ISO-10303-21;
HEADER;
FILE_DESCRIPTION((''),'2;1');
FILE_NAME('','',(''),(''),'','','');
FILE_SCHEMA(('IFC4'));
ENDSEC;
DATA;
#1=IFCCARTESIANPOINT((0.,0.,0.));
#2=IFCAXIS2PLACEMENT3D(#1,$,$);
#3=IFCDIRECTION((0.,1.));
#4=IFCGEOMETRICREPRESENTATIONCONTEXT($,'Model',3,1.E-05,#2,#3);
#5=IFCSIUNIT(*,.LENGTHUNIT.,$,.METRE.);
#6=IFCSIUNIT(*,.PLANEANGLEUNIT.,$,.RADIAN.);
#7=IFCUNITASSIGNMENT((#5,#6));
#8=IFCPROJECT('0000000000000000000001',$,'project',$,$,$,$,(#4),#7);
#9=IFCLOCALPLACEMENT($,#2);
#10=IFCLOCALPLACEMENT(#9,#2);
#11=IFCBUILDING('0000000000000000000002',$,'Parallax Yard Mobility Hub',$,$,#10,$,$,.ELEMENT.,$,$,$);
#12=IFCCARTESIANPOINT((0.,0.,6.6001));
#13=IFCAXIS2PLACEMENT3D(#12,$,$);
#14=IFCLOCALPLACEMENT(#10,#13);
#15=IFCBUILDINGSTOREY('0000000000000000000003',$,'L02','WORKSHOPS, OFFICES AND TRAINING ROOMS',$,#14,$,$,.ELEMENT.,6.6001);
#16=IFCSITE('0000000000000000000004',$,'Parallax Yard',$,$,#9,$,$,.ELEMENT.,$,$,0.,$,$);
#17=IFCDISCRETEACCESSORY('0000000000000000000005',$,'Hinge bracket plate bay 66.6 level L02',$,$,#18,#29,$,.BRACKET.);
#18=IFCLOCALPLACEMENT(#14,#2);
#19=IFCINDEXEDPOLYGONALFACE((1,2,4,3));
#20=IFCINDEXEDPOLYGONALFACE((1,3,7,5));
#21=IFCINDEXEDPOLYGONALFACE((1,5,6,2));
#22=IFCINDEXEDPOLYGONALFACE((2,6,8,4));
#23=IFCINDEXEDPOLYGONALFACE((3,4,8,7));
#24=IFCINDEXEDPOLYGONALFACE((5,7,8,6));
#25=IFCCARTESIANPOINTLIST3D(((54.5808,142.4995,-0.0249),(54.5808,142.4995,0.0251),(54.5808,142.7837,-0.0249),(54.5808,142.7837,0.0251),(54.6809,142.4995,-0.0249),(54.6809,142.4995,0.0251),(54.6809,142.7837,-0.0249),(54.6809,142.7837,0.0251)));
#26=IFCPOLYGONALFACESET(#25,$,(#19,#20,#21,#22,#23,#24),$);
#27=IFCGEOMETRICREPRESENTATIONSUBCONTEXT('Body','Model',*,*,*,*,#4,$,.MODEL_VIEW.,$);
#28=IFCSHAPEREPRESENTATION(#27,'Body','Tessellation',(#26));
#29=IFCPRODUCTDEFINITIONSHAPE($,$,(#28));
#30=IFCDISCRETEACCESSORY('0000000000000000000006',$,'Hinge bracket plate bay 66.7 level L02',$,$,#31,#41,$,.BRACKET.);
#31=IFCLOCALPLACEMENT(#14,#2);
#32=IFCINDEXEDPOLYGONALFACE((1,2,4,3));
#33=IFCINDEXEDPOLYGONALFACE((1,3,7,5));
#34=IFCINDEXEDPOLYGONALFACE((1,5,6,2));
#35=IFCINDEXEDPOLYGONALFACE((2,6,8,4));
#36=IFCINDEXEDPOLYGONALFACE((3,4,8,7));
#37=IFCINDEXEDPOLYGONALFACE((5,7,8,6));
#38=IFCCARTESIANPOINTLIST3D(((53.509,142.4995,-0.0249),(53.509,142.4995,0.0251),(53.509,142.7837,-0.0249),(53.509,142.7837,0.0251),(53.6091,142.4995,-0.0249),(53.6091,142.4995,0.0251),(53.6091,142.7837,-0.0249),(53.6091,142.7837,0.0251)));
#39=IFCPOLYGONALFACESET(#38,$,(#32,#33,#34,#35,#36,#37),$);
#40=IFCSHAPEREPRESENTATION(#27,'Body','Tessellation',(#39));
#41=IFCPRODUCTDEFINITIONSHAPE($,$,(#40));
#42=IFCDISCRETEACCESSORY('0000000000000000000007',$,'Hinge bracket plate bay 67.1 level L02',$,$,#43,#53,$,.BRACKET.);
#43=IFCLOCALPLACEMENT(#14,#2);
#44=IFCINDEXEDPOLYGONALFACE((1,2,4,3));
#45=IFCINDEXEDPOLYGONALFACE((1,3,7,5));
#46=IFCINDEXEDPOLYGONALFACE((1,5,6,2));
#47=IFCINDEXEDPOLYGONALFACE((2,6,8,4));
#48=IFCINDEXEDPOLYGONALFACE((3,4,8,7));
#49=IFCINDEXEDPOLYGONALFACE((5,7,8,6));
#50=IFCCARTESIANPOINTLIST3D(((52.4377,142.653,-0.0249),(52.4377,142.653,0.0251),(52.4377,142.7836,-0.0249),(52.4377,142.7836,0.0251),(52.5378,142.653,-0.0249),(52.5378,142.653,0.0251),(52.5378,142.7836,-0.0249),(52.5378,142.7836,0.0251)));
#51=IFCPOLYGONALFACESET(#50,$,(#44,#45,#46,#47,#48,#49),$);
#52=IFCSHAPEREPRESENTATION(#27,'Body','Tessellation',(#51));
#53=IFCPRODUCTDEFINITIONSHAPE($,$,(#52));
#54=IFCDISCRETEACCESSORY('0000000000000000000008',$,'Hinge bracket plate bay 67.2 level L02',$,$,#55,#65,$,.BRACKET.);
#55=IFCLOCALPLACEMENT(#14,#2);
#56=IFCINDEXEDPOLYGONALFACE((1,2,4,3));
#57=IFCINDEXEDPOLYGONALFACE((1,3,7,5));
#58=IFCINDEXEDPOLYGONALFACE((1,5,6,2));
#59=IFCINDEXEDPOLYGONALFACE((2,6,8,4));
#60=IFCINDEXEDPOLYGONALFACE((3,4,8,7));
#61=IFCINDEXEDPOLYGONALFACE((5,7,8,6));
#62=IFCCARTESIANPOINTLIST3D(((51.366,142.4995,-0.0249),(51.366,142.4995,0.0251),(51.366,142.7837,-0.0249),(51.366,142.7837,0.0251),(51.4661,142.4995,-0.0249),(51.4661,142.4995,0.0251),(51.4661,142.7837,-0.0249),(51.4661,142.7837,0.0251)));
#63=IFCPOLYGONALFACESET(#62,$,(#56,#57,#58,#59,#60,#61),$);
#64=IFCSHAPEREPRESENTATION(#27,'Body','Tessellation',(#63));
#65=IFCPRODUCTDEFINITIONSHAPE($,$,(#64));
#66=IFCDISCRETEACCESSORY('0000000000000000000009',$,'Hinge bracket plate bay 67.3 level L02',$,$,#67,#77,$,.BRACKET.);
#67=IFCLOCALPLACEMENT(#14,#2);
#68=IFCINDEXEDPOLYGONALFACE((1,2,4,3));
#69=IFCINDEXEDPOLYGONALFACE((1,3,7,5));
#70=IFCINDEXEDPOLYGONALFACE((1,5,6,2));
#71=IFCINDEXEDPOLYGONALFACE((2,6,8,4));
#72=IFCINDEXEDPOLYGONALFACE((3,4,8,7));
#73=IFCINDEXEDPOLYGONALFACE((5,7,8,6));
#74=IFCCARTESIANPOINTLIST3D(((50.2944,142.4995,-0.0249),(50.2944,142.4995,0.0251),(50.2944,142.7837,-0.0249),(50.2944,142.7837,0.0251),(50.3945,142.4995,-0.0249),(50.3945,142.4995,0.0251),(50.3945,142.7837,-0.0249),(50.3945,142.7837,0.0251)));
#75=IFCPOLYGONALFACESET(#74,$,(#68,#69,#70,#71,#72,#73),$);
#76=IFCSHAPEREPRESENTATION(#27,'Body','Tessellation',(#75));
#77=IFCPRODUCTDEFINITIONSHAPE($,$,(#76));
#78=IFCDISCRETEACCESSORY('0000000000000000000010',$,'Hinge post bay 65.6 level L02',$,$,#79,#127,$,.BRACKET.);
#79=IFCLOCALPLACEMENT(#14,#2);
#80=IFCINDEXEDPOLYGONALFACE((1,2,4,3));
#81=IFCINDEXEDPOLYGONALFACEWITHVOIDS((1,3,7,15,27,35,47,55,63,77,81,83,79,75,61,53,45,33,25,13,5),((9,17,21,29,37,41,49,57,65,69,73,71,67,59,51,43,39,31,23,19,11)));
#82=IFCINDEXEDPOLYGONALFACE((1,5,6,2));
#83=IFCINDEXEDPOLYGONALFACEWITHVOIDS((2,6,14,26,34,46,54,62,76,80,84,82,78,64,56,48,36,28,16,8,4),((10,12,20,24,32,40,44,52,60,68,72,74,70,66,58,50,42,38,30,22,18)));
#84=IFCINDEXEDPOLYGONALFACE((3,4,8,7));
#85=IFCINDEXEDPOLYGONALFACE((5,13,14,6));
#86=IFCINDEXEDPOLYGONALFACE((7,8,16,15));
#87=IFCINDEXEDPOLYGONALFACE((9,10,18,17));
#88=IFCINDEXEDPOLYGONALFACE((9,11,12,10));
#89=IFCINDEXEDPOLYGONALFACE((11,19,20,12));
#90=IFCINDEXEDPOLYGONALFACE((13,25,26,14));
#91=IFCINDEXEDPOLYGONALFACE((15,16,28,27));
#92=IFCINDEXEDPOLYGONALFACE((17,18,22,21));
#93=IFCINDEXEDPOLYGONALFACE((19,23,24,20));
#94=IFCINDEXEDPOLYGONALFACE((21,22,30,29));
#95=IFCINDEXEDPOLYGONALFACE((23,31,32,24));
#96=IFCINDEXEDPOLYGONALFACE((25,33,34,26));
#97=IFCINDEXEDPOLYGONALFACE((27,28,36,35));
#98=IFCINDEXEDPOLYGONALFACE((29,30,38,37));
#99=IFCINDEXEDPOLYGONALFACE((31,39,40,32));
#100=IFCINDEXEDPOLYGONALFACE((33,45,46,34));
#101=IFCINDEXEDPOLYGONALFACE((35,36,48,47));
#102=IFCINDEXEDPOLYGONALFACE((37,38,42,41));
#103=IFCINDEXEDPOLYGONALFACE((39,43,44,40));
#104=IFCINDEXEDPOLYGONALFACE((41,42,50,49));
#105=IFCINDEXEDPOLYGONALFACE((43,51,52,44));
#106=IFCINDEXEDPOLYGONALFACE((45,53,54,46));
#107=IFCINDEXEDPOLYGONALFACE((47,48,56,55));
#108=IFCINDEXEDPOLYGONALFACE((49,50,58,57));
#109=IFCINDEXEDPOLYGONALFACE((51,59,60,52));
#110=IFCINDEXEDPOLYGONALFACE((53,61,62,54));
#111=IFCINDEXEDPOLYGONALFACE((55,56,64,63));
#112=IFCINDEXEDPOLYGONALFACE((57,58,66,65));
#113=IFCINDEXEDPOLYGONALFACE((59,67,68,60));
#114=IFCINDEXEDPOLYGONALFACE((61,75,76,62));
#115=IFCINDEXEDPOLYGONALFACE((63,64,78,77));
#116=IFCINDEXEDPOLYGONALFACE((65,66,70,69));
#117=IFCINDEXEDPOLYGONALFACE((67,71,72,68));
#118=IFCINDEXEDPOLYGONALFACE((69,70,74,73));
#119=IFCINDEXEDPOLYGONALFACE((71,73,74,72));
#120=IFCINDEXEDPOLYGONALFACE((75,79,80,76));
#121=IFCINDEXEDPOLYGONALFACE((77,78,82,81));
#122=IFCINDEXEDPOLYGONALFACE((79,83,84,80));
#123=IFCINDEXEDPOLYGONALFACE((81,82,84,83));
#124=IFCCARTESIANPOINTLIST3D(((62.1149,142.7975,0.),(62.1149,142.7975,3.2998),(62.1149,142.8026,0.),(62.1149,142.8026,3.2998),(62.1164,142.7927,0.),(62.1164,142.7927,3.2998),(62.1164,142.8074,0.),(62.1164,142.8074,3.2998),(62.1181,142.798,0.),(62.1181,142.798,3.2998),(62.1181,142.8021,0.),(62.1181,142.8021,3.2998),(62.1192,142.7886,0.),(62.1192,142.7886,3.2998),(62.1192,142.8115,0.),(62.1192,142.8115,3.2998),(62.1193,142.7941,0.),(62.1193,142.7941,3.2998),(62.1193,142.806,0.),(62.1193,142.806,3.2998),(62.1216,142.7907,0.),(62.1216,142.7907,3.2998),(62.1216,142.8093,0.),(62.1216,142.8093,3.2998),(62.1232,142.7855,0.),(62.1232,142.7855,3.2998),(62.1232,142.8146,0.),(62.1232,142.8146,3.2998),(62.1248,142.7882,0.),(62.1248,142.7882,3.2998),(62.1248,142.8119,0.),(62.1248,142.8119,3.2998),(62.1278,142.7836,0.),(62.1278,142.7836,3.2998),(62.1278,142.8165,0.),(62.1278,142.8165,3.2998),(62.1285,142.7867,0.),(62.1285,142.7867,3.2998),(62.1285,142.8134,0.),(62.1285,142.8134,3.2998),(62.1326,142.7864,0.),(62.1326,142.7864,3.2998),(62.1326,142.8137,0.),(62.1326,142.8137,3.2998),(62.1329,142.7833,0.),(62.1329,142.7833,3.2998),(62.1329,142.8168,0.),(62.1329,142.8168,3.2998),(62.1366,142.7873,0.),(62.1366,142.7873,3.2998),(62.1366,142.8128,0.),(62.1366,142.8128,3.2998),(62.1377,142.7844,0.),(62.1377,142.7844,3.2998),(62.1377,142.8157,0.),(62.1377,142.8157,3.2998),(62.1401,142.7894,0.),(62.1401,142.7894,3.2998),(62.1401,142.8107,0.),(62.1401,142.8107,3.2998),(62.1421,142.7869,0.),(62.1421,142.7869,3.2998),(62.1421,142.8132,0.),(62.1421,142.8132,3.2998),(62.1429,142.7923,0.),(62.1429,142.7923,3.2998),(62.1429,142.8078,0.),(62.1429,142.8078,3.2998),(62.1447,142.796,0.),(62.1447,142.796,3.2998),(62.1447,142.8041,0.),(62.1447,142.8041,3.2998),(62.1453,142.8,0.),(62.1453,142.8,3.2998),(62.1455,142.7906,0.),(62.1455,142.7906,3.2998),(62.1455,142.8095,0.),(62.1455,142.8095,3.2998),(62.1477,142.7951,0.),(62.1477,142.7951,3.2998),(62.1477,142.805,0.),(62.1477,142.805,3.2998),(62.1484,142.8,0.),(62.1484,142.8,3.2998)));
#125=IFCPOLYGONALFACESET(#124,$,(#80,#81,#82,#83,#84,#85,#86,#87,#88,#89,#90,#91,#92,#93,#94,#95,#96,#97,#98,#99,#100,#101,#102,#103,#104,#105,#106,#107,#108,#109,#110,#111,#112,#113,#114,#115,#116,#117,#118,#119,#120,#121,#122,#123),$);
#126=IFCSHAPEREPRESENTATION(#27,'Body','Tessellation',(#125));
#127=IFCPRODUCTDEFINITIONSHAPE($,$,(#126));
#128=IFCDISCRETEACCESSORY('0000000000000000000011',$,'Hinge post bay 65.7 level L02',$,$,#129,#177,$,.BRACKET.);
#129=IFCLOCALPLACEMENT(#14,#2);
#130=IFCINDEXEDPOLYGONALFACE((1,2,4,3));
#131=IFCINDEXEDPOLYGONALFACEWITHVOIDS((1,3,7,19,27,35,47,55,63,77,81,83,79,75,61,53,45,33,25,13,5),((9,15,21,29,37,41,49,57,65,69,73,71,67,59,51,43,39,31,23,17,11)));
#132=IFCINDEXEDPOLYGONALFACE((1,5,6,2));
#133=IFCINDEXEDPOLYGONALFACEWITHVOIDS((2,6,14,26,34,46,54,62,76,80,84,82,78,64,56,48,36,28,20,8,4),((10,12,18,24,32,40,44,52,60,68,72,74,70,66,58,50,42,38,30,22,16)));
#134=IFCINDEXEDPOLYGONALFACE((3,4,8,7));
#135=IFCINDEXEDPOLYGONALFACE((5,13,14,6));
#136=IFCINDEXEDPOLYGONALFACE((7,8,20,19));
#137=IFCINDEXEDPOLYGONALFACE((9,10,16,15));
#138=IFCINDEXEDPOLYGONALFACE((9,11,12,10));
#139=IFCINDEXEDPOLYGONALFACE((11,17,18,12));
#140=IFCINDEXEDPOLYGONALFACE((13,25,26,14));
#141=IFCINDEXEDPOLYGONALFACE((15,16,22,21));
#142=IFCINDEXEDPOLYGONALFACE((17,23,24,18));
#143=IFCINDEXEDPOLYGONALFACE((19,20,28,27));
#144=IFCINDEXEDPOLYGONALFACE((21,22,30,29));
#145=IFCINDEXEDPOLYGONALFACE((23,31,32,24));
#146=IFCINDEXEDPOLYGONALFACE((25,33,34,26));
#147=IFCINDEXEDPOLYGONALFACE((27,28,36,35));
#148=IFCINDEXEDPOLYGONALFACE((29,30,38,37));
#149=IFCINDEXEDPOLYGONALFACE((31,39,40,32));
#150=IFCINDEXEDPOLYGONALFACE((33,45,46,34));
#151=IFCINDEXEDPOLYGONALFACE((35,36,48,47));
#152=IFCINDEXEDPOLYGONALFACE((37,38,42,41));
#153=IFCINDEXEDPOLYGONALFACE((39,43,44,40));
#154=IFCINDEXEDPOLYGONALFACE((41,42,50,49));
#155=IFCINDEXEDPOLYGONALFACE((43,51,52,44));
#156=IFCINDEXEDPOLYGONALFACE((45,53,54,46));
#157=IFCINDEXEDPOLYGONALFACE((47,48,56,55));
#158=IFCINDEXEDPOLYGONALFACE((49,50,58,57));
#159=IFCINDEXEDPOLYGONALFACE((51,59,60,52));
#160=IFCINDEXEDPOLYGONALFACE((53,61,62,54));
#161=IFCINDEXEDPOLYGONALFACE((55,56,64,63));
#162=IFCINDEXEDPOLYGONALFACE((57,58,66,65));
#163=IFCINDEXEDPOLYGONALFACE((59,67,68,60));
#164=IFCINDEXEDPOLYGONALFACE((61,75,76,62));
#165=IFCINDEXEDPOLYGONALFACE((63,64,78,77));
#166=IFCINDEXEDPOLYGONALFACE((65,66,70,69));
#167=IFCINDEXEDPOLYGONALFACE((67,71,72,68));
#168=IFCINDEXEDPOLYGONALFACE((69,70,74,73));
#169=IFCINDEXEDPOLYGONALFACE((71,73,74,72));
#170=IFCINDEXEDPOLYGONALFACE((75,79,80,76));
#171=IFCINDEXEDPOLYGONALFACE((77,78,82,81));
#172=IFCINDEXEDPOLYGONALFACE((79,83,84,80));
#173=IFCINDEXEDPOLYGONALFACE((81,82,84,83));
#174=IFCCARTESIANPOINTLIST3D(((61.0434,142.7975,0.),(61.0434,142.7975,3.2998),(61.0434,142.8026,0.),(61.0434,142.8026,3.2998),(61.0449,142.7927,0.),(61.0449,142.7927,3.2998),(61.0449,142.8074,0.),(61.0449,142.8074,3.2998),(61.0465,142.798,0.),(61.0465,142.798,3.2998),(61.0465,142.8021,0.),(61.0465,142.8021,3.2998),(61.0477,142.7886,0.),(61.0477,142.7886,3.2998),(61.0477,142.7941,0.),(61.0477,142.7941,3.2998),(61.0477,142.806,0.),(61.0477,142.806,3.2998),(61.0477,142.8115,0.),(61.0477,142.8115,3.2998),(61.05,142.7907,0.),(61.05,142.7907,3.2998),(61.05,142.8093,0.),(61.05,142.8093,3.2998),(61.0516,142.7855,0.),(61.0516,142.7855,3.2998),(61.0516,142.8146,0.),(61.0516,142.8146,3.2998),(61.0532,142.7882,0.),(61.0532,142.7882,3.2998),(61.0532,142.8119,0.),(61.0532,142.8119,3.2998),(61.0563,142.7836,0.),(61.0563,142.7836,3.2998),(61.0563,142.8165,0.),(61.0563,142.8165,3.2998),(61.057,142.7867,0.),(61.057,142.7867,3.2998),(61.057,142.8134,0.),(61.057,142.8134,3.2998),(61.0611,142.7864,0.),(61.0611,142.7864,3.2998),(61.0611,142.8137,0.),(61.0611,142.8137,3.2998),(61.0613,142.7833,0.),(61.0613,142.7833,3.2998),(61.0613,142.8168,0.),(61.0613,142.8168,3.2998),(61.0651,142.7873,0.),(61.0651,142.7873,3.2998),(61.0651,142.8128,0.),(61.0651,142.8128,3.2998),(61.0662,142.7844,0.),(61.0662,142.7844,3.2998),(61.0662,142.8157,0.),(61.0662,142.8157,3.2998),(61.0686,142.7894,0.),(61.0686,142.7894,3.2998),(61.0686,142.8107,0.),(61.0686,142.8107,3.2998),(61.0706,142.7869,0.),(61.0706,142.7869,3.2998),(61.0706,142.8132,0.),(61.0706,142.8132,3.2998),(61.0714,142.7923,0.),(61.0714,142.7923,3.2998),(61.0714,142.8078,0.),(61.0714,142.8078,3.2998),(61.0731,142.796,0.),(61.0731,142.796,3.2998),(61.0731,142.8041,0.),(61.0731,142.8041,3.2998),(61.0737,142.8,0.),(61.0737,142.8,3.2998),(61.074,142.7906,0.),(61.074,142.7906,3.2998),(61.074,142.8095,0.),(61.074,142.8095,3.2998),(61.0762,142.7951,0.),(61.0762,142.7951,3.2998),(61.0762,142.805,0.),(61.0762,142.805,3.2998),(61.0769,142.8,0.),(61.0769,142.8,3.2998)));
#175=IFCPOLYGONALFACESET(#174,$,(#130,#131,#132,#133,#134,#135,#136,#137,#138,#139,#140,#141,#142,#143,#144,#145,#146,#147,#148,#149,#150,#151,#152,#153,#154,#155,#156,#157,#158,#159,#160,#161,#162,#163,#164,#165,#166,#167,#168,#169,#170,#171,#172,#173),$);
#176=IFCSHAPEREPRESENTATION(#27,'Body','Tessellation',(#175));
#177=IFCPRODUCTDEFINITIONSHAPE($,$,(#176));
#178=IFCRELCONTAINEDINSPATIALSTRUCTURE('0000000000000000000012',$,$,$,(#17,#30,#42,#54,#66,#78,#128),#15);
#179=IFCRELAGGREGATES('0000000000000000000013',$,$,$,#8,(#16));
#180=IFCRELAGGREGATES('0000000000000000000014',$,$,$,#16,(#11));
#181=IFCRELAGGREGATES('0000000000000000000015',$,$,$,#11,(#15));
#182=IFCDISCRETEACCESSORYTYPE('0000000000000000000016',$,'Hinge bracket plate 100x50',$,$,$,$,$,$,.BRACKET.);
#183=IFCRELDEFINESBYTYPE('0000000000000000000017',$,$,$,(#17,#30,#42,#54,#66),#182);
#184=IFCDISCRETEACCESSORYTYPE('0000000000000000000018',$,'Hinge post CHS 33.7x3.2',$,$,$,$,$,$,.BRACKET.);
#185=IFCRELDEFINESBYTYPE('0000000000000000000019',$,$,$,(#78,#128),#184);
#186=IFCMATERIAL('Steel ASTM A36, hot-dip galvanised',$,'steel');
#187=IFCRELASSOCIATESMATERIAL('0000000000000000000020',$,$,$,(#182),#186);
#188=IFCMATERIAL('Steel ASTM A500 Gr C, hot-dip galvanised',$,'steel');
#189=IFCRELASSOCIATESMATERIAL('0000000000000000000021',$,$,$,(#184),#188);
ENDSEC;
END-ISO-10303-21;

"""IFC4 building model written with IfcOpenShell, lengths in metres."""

from ifc_helpers import new_model, si_unit, direction, frame, origin, origin_2d, place, context, subcontext, project, spatial, rectangle, hollow_circle, extrude, material, material_profile, profile_set, type_object, element, save


model = new_model("IFC4")

# Units and contexts
model_context = context("Model", 3, precision=1e-05, world=origin(), true_north=direction((0.0, 1.0)))
body_context = subcontext(model_context, "Body", "Model", "MODEL_VIEW")
ifc_project = project(units=[si_unit("LENGTHUNIT", "METRE"), si_unit("PLANEANGLEUNIT", "RADIAN")], contexts=[model_context])

# Site, building, storey
site_placement = place(None, origin())
site = spatial("IfcSite", under=ifc_project, at=site_placement, Name="Parallax Yard", CompositionType="ELEMENT", RefElevation=0.0)
building_placement = place(site_placement, origin())
building = spatial("IfcBuilding", under=site, at=building_placement, Name="Parallax Yard Mobility Hub", CompositionType="ELEMENT")
storey_placement = place(building_placement, frame((0.0, 0.0, 6.6001)))
storey = spatial("IfcBuildingStorey", under=building, at=storey_placement, Name="L02", Description="WORKSHOPS, OFFICES AND TRAINING ROOMS", CompositionType="ELEMENT", Elevation=6.6001)

# Discrete accessories
ifc_material_1 = material(Name="Steel ASTM A36, hot-dip galvanised", Category="steel")
discrete_accessory_type_1 = type_object("IfcDiscreteAccessoryType", Name="Hinge bracket plate 100x50", PredefinedType="BRACKET", material=ifc_material_1)
for number, where, z_axis, x_axis, name in (
    (1, (54.6309, 142.6416, -0.0249), (0.0, 0.0, 1.0), (0.0, 1.0, 0.0), "Hinge bracket plate bay 66.6 level L02"),
    (2, (53.5591, 142.6416, -0.0249), (0.0, 0.0, 1.0), (0.0, 1.0, 0.0), "Hinge bracket plate bay 66.7 level L02"),
):
    element("IfcDiscreteAccessory", number, at=place(storey_placement, frame(where, z_axis=z_axis, x_axis=x_axis)), inside=storey, type_object=discrete_accessory_type_1, Name=name, PredefinedType="BRACKET", context=body_context, shape_type="SweptSolid", body=[
        extrude(rectangle(XDim=0.2842, YDim=0.1001, at=origin_2d()), origin(), (0.0, 0.0, 1.0), 0.05),
    ])
discrete_accessory_1_placement = place(storey_placement, frame((52.4878, 142.7183, -0.0249), z_axis=(0.0, 0.0, 1.0), x_axis=(0.0, 1.0, 0.0)))
element("IfcDiscreteAccessory", 3, at=discrete_accessory_1_placement, inside=storey, type_object=discrete_accessory_type_1, Name="Hinge bracket plate bay 67.1 level L02", PredefinedType="BRACKET", context=body_context, shape_type="SweptSolid", body=[
    extrude(rectangle(XDim=0.1306, YDim=0.1001, at=origin_2d()), origin(), (0.0, 0.0, 1.0), 0.05),
])
for number, where, z_axis, x_axis, name in (
    (4, (51.416, 142.6416, -0.0249), (0.0, 0.0, 1.0), (0.0, 1.0, 0.0), "Hinge bracket plate bay 67.2 level L02"),
    (5, (50.3445, 142.6416, -0.0249), (0.0, 0.0, 1.0), (0.0, 1.0, 0.0), "Hinge bracket plate bay 67.3 level L02"),
):
    element("IfcDiscreteAccessory", number, at=place(storey_placement, frame(where, z_axis=z_axis, x_axis=x_axis)), inside=storey, type_object=discrete_accessory_type_1, Name=name, PredefinedType="BRACKET", context=body_context, shape_type="SweptSolid", body=[
        extrude(rectangle(XDim=0.2842, YDim=0.1001, at=origin_2d()), origin(), (0.0, 0.0, 1.0), 0.05),
    ])
ifc_material_2 = material(Name="Steel ASTM A500 Gr C, hot-dip galvanised", Category="steel")
ifc_material_profile_1 = material_profile(ifc_material_2, hollow_circle(Radius=0.0168, WallThickness=0.0032, at=origin_2d()), Name="CHS 33.7x3.2")
ifc_profile_set_1 = profile_set([ifc_material_profile_1], Name="Steel ASTM A500 Gr C, hot-dip galvanised")
discrete_accessory_type_2 = type_object("IfcDiscreteAccessoryType", Name="Hinge post CHS 33.7x3.2", PredefinedType="BRACKET", material=ifc_profile_set_1)
for number, where, z_axis, x_axis, name in (
    (6, (62.1316, 142.8, 0.0), (0.0, 0.0, 1.0), (1.0, 0.0, 0.0), "Hinge post bay 65.6 level L02"),
    (7, (61.0601, 142.8, 0.0), (0.0, 0.0, 1.0), (1.0, 0.0, 0.0), "Hinge post bay 65.7 level L02"),
):
    element("IfcDiscreteAccessory", number, at=place(storey_placement, frame(where, z_axis=z_axis, x_axis=x_axis)), inside=storey, type_object=discrete_accessory_type_2, Name=name, PredefinedType="BRACKET", context=body_context, shape_type="SweptSolid", body=[
        extrude(hollow_circle(Radius=0.0168, WallThickness=0.0032, at=origin_2d()), origin(), (0.0, 0.0, 1.0), 3.2998),
    ])

save(model, "model.ifc")
